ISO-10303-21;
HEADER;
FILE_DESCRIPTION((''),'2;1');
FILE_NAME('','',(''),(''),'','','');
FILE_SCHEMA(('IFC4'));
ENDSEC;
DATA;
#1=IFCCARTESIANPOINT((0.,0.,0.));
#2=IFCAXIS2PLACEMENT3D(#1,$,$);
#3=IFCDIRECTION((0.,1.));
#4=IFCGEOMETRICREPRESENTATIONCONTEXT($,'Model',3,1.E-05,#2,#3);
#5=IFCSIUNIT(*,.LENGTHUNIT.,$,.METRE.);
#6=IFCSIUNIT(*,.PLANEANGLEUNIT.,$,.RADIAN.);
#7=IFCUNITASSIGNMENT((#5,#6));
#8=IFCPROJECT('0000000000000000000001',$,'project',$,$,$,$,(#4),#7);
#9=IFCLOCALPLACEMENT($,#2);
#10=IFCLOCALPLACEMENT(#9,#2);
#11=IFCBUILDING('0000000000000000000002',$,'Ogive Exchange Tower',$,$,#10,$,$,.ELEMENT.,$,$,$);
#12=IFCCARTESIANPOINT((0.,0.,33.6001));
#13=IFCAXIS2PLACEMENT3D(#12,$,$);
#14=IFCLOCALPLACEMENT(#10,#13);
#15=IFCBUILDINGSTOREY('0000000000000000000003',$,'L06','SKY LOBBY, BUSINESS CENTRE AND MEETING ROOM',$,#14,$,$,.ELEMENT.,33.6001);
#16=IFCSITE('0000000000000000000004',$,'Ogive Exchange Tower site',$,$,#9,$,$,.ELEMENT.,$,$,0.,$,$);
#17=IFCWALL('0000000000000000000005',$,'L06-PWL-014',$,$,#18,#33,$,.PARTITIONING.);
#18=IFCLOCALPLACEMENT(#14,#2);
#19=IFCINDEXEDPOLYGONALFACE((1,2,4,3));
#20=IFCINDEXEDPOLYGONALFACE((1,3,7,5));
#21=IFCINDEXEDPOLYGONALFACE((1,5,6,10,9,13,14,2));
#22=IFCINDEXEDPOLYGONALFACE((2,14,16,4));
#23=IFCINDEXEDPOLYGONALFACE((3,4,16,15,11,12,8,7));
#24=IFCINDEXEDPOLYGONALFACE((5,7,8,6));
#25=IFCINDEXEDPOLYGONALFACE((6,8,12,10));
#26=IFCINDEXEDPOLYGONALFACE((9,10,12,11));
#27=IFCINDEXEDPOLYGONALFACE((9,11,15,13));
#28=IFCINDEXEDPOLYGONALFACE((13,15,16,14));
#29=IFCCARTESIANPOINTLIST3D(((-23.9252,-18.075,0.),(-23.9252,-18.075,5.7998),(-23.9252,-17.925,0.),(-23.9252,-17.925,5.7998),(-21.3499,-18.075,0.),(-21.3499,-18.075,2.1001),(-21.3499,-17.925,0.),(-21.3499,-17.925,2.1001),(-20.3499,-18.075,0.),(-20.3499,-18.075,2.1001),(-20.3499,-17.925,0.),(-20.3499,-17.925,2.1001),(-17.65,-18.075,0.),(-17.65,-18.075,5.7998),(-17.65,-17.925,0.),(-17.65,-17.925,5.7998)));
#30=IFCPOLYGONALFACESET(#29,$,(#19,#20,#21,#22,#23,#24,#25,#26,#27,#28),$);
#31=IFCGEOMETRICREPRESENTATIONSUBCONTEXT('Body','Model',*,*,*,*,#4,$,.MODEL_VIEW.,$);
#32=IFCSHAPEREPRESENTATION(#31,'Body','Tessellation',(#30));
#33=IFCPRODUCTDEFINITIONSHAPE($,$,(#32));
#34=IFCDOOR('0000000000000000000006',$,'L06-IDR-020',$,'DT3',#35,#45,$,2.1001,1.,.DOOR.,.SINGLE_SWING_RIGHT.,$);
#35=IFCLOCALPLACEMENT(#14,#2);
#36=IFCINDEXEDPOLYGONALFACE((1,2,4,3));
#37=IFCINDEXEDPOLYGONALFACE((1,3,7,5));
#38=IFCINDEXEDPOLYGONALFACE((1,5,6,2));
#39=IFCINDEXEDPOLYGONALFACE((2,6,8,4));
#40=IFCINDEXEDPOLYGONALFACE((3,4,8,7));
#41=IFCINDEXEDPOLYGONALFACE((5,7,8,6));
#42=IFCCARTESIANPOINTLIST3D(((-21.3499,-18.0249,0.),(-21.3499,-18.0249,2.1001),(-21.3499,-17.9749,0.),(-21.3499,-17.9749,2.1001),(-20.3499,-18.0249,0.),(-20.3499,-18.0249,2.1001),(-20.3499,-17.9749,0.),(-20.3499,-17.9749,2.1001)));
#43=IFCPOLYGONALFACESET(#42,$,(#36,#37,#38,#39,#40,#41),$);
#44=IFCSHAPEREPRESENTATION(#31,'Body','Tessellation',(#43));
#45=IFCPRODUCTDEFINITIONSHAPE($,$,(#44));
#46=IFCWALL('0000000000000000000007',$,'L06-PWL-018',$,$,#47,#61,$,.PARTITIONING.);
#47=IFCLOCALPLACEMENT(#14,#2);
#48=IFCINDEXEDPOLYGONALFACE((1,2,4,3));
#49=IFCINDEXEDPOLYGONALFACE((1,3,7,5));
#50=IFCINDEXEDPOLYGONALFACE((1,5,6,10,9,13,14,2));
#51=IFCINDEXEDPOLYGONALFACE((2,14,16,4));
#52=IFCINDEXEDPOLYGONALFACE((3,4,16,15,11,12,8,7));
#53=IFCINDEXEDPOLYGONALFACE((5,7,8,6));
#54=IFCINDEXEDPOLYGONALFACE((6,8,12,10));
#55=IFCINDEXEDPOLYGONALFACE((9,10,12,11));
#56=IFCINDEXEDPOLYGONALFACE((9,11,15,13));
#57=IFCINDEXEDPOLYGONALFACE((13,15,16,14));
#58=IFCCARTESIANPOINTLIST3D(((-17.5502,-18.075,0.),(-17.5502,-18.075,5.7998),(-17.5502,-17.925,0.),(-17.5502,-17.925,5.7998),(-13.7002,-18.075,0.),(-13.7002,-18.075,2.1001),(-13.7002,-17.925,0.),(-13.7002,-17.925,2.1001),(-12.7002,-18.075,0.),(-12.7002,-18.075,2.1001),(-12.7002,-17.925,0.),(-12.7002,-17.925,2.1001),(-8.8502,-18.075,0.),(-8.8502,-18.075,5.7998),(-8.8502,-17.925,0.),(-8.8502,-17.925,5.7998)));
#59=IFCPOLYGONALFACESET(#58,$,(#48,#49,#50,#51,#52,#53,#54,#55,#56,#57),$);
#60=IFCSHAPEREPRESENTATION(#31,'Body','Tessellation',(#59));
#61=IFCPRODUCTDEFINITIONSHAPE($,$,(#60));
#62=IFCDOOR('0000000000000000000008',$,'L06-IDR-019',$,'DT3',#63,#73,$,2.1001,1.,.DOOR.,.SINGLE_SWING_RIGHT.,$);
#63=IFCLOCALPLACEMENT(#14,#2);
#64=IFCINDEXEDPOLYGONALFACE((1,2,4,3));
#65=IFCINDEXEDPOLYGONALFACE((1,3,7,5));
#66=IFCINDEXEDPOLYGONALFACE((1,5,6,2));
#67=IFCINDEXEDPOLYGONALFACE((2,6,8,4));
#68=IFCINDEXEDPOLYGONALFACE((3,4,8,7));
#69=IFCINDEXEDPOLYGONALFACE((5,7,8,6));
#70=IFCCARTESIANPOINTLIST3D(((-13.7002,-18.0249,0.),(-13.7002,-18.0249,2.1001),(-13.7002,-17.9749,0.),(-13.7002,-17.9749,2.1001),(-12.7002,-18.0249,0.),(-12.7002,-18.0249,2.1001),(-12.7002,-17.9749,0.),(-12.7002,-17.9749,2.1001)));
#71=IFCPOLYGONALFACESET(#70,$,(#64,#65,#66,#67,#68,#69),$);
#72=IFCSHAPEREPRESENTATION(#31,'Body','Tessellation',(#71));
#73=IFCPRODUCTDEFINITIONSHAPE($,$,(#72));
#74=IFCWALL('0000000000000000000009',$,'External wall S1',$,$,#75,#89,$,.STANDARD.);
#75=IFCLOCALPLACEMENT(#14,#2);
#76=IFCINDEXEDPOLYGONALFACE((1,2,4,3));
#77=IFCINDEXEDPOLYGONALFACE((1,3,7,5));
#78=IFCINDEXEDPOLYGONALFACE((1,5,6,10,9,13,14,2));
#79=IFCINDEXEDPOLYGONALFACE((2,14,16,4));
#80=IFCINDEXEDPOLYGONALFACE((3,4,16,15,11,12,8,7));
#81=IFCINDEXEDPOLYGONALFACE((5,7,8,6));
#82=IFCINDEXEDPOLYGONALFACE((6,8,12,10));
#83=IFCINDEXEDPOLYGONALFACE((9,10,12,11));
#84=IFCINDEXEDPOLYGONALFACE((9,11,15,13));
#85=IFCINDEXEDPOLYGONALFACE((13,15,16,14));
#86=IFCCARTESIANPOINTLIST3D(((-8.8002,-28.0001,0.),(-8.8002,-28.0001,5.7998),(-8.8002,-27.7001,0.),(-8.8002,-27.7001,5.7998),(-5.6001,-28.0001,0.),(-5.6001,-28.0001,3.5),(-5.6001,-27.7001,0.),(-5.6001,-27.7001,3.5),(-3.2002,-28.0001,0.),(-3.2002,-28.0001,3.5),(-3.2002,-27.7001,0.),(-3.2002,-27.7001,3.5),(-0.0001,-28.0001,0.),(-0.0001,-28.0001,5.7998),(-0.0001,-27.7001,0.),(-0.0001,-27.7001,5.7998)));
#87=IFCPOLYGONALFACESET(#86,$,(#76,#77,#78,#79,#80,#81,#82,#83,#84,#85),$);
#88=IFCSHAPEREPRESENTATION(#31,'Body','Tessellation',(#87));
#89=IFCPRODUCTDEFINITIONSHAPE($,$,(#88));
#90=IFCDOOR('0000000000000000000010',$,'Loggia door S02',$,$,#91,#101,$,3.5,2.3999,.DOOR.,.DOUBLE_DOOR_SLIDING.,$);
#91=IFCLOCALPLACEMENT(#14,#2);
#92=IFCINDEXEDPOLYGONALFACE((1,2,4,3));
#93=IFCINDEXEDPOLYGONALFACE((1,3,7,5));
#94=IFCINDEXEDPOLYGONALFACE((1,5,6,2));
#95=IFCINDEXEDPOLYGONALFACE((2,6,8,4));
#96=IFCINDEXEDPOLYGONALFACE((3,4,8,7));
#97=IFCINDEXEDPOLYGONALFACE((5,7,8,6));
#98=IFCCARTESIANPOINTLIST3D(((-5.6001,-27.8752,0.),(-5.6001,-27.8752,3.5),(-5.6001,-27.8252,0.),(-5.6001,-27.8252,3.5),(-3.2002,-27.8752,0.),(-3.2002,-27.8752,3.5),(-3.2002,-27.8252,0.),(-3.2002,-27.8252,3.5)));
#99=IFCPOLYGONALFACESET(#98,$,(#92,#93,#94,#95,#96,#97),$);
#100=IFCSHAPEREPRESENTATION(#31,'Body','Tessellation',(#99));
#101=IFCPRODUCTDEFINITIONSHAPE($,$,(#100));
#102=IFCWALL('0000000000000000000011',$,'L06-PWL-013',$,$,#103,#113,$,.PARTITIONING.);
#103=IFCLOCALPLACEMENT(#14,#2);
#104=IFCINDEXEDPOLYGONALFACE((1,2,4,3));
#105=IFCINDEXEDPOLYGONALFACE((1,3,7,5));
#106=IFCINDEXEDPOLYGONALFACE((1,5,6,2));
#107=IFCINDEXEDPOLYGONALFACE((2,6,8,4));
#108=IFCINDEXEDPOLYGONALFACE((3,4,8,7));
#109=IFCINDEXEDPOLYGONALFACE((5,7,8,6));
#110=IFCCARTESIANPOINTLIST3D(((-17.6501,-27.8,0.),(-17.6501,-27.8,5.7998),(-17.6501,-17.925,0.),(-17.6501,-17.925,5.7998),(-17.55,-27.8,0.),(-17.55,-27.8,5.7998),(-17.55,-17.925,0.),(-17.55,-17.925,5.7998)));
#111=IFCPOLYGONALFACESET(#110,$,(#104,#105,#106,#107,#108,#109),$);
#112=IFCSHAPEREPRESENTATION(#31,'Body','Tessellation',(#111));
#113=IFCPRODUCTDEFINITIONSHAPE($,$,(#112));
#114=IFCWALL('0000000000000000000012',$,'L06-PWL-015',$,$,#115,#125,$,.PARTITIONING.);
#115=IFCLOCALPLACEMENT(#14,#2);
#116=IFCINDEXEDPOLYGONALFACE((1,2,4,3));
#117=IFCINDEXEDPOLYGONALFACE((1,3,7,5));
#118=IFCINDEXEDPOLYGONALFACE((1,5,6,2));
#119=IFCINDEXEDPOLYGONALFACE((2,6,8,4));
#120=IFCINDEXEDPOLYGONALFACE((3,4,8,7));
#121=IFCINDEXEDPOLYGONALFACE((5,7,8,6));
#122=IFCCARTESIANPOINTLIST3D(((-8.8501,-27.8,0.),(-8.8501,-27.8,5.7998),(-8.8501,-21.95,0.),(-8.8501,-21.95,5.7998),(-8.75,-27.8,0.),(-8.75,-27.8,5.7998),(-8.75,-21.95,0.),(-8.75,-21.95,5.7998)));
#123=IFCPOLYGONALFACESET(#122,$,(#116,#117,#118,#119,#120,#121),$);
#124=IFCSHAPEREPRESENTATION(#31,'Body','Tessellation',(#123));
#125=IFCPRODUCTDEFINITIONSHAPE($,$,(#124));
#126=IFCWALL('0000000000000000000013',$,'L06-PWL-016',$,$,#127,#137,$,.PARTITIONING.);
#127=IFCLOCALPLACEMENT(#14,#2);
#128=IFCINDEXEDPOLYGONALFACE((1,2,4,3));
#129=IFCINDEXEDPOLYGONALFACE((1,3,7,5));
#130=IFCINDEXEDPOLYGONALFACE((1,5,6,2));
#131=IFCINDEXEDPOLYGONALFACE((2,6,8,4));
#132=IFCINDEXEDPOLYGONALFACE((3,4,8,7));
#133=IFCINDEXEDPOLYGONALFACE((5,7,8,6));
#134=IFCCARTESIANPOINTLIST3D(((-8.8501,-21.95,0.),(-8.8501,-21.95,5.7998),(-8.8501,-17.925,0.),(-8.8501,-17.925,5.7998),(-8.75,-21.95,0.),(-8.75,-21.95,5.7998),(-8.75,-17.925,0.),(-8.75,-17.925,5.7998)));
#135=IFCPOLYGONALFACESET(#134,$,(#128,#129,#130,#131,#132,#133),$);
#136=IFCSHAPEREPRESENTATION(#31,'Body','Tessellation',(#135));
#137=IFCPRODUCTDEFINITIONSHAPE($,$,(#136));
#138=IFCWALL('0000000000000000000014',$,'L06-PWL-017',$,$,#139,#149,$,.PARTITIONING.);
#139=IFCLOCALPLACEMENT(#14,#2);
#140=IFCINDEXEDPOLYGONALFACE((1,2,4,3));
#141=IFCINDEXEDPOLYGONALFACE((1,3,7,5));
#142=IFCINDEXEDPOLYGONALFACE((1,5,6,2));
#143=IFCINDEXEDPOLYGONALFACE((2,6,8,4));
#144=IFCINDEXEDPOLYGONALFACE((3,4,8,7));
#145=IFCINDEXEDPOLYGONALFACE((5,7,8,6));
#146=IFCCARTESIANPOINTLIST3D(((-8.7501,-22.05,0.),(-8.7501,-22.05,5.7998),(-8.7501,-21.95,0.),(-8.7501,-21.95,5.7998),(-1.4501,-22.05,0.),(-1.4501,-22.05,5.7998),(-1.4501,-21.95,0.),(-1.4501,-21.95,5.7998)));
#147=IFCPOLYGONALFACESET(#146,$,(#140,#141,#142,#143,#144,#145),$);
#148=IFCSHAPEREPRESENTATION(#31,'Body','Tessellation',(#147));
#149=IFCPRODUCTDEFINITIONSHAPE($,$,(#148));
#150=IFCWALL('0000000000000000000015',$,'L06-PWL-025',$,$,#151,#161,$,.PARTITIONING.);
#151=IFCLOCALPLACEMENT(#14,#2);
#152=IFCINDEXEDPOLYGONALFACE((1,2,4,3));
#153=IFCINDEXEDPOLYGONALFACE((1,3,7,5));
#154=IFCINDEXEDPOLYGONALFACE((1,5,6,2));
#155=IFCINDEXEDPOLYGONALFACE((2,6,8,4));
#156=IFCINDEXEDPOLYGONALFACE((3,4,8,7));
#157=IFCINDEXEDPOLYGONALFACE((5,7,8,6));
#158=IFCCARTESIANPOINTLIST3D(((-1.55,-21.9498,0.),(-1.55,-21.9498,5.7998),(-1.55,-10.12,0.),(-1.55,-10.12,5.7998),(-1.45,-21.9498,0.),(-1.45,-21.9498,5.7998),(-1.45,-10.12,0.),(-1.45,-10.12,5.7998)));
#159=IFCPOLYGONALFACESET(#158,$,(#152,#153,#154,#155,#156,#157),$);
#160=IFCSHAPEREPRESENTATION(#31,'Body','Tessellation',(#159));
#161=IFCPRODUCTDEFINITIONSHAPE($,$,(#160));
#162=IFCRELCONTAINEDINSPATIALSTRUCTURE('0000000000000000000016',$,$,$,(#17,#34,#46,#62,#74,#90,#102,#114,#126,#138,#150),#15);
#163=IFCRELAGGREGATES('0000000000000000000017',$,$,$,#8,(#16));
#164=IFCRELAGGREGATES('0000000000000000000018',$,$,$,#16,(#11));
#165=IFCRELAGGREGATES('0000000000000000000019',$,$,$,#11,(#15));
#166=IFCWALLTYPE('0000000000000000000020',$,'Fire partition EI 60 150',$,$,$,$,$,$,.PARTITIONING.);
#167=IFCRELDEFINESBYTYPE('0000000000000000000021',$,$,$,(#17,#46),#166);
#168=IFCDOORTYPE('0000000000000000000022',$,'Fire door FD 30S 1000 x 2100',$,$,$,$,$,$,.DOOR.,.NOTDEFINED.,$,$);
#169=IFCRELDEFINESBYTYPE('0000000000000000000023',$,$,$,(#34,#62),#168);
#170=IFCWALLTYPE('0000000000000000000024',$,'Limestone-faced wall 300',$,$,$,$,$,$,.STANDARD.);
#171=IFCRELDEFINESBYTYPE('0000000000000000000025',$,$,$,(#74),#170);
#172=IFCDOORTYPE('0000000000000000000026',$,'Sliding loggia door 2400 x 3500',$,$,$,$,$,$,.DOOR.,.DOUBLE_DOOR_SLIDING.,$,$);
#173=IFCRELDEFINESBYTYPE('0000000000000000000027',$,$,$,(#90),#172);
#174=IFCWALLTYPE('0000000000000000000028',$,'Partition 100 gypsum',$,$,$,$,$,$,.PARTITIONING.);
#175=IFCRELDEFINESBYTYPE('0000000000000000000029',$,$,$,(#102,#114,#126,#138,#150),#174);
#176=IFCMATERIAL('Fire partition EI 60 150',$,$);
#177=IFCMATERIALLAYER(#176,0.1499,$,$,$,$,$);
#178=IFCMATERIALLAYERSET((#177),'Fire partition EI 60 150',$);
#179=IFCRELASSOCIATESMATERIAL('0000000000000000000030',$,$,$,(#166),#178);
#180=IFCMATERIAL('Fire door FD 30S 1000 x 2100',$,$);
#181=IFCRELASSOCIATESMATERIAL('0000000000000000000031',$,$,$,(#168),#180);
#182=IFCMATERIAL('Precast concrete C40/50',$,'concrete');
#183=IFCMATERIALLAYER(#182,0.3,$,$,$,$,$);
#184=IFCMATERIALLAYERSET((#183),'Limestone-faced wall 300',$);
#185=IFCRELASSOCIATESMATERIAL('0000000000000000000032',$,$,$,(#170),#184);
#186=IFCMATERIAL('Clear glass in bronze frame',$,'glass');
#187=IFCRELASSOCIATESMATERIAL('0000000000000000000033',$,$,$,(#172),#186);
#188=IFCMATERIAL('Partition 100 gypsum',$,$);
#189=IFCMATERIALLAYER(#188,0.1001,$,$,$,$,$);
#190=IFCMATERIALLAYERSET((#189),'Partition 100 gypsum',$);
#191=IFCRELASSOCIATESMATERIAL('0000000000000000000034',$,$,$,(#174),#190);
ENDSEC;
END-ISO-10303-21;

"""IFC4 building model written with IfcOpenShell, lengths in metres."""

from ifc_helpers import new_model, si_unit, direction, frame, frame_2d, origin, place, context, subcontext, project, spatial, rectangle, extrude, material, layer, layer_set, type_object, element, fill, save


model = new_model("IFC4")

# Units and contexts
model_context = context("Model", 3, precision=1e-05, world=origin(), true_north=direction((0.0, 1.0)))
body_context = subcontext(model_context, "Body", "Model", "MODEL_VIEW")
ifc_project = project(units=[si_unit("LENGTHUNIT", "METRE"), si_unit("PLANEANGLEUNIT", "RADIAN")], contexts=[model_context])

# Site, building, storey
site_placement = place(None, origin())
site = spatial("IfcSite", under=ifc_project, at=site_placement, Name="Ogive Exchange Tower site", CompositionType="ELEMENT", RefElevation=0.0)
building_placement = place(site_placement, origin())
building = spatial("IfcBuilding", under=site, at=building_placement, Name="Ogive Exchange Tower", CompositionType="ELEMENT")
storey_placement = place(building_placement, frame((0.0, 0.0, 33.6001)))
storey = spatial("IfcBuildingStorey", under=building, at=storey_placement, Name="L06", Description="SKY LOBBY, BUSINESS CENTRE AND MEETING ROOM", CompositionType="ELEMENT", Elevation=33.6001)

# Walls, openings, doors
ifc_material_1 = material(Name="Fire partition EI 60 150")
ifc_layer_1 = layer(ifc_material_1, 0.1499)
ifc_layer_set_1 = layer_set([ifc_layer_1], Name="Fire partition EI 60 150")
wall_type_1 = type_object("IfcWallType", Name="Fire partition EI 60 150", PredefinedType="PARTITIONING", material=ifc_layer_set_1)
wall_1_placement = place(storey_placement, frame((-17.6499, -18.0, 0.0), z_axis=(0.0, 0.0, 1.0), x_axis=(-1.0, 0.0, 0.0)))
wall_1 = element("IfcWall", 1, at=wall_1_placement, inside=storey, type_object=wall_type_1, Name="L06-PWL-014", PredefinedType="PARTITIONING", context=body_context, shape_type="SweptSolid", body=[
    extrude(rectangle(XDim=6.2751, YDim=0.1499, at=frame_2d((3.1377, 0.0))), origin(), (0.0, 0.0, 1.0), 5.7998),
])
opening_1_placement = place(wall_1_placement, frame((2.7, 0.0, 0.0)))
opening_1 = element("IfcOpeningElement", 2, at=opening_1_placement, cuts=wall_1, PredefinedType="OPENING", context=body_context, shape_type="SweptSolid", body=[
    extrude(rectangle(XDim=1.0, YDim=2.1001, at=frame_2d((0.5, 1.05))), frame((0.0, 0.085, 0.0), z_axis=(0.0, -1.0, 0.0), x_axis=(1.0, 0.0, 0.0)), (0.0, 0.0, 1.0), 0.1699),
])
ifc_material_2 = material(Name="Fire door FD 30S 1000 x 2100")
door_type_1 = type_object("IfcDoorType", Name="Fire door FD 30S 1000 x 2100", OperationType="NOTDEFINED", PredefinedType="DOOR", material=ifc_material_2)
door_1_placement = place(opening_1_placement, origin())
door_1 = element("IfcDoor", 3, at=door_1_placement, inside=storey, type_object=door_type_1, Name="L06-IDR-020", ObjectType="DT3", OperationType="SINGLE_SWING_RIGHT", OverallHeight=2.1001, OverallWidth=1.0, PredefinedType="DOOR", context=body_context, shape_type="SweptSolid", body=[
    extrude(rectangle(XDim=1.0, YDim=2.1001, at=frame_2d((0.5, 1.05))), frame((0.0, 0.0249, 0.0), z_axis=(0.0, -1.0, 0.0), x_axis=(1.0, 0.0, 0.0)), (0.0, 0.0, 1.0), 0.05),
])
fill(opening_1, door_1)
wall_2_placement = place(storey_placement, frame((-8.8501, -18.0, 0.0), z_axis=(0.0, 0.0, 1.0), x_axis=(-1.0, 0.0, 0.0)))
wall_2 = element("IfcWall", 4, at=wall_2_placement, inside=storey, type_object=wall_type_1, Name="L06-PWL-018", PredefinedType="PARTITIONING", context=body_context, shape_type="SweptSolid", body=[
    extrude(rectangle(XDim=8.7, YDim=0.1499, at=frame_2d((4.3501, 0.0))), origin(), (0.0, 0.0, 1.0), 5.7998),
])
opening_2_placement = place(wall_2_placement, frame((3.8501, 0.0, 0.0)))
opening_2 = element("IfcOpeningElement", 5, at=opening_2_placement, cuts=wall_2, PredefinedType="OPENING", context=body_context, shape_type="SweptSolid", body=[
    extrude(rectangle(XDim=1.0, YDim=2.1001, at=frame_2d((0.5, 1.05))), frame((0.0, 0.085, 0.0), z_axis=(0.0, -1.0, 0.0), x_axis=(1.0, 0.0, 0.0)), (0.0, 0.0, 1.0), 0.1699),
])
door_2_placement = place(opening_2_placement, origin())
door_2 = element("IfcDoor", 6, at=door_2_placement, inside=storey, type_object=door_type_1, Name="L06-IDR-019", ObjectType="DT3", OperationType="SINGLE_SWING_RIGHT", OverallHeight=2.1001, OverallWidth=1.0, PredefinedType="DOOR", context=body_context, shape_type="SweptSolid", body=[
    extrude(rectangle(XDim=1.0, YDim=2.1001, at=frame_2d((0.5, 1.05))), frame((0.0, 0.0249, 0.0), z_axis=(0.0, -1.0, 0.0), x_axis=(1.0, 0.0, 0.0)), (0.0, 0.0, 1.0), 0.05),
])
fill(opening_2, door_2)
ifc_material_3 = material(Name="Precast concrete C40/50", Category="concrete")
ifc_layer_2 = layer(ifc_material_3, 0.3)
ifc_layer_set_2 = layer_set([ifc_layer_2], Name="Limestone-faced wall 300")
wall_type_2 = type_object("IfcWallType", Name="Limestone-faced wall 300", PredefinedType="STANDARD", material=ifc_layer_set_2)
wall_3_placement = place(storey_placement, frame((-8.8, -27.8501, 0.0), z_axis=(0.0, 0.0, 1.0), x_axis=(1.0, 0.0, 0.0)))
wall_3 = element("IfcWall", 7, at=wall_3_placement, inside=storey, type_object=wall_type_2, Name="External wall S1", PredefinedType="STANDARD", context=body_context, shape_type="SweptSolid", body=[
    extrude(rectangle(XDim=8.8, YDim=0.3, at=frame_2d((4.3999, 0.0))), origin(), (0.0, 0.0, 1.0), 5.7998),
])
opening_3_placement = place(wall_3_placement, frame((3.2, 0.0, 0.0)))
opening_3 = element("IfcOpeningElement", 8, at=opening_3_placement, cuts=wall_3, PredefinedType="OPENING", context=body_context, shape_type="SweptSolid", body=[
    extrude(rectangle(XDim=2.3999, YDim=3.5, at=frame_2d((1.2, 1.75))), frame((0.0, 0.1599, 0.0), z_axis=(0.0, -1.0, 0.0), x_axis=(1.0, 0.0, 0.0)), (0.0, 0.0, 1.0), 0.3201),
])
ifc_material_4 = material(Name="Clear glass in bronze frame", Category="glass")
door_type_2 = type_object("IfcDoorType", Name="Sliding loggia door 2400 x 3500", OperationType="DOUBLE_DOOR_SLIDING", PredefinedType="DOOR", material=ifc_material_4)
door_3_placement = place(opening_3_placement, origin())
door_3 = element("IfcDoor", 9, at=door_3_placement, inside=storey, type_object=door_type_2, Name="Loggia door S02", OperationType="DOUBLE_DOOR_SLIDING", OverallHeight=3.5, OverallWidth=2.3999, PredefinedType="DOOR", context=body_context, shape_type="SweptSolid", body=[
    extrude(rectangle(XDim=2.3999, YDim=3.5, at=frame_2d((1.2, 1.75))), frame((0.0, 0.0249, 0.0), z_axis=(0.0, -1.0, 0.0), x_axis=(1.0, 0.0, 0.0)), (0.0, 0.0, 1.0), 0.05),
])
fill(opening_3, door_3)

# Walls
ifc_material_5 = material(Name="Partition 100 gypsum")
ifc_layer_3 = layer(ifc_material_5, 0.1001)
ifc_layer_set_3 = layer_set([ifc_layer_3], Name="Partition 100 gypsum")
wall_type_3 = type_object("IfcWallType", Name="Partition 100 gypsum", PredefinedType="PARTITIONING", material=ifc_layer_set_3)
wall_4_placement = place(storey_placement, frame((-17.6001, -27.8, 0.0), z_axis=(0.0, 0.0, 1.0), x_axis=(0.0, 1.0, 0.0)))
element("IfcWall", 10, at=wall_4_placement, inside=storey, type_object=wall_type_3, Name="L06-PWL-013", PredefinedType="PARTITIONING", context=body_context, shape_type="SweptSolid", body=[
    extrude(rectangle(XDim=9.875, YDim=0.1001, at=frame_2d((4.9375, 0.0))), origin(), (0.0, 0.0, 1.0), 5.7998),
])
wall_5_placement = place(storey_placement, frame((-8.8, -27.8, 0.0), z_axis=(0.0, 0.0, 1.0), x_axis=(0.0, 1.0, 0.0)))
element("IfcWall", 11, at=wall_5_placement, inside=storey, type_object=wall_type_3, Name="L06-PWL-015", PredefinedType="PARTITIONING", context=body_context, shape_type="SweptSolid", body=[
    extrude(rectangle(XDim=5.8501, YDim=0.1001, at=frame_2d((2.925, 0.0))), origin(), (0.0, 0.0, 1.0), 5.7998),
])
wall_6_placement = place(storey_placement, frame((-8.8, -21.95, 0.0), z_axis=(0.0, 0.0, 1.0), x_axis=(0.0, 1.0, 0.0)))
element("IfcWall", 12, at=wall_6_placement, inside=storey, type_object=wall_type_3, Name="L06-PWL-016", PredefinedType="PARTITIONING", context=body_context, shape_type="SweptSolid", body=[
    extrude(rectangle(XDim=4.0249, YDim=0.1001, at=frame_2d((2.0125, 0.0))), origin(), (0.0, 0.0, 1.0), 5.7998),
])
wall_7_placement = place(storey_placement, frame((-8.75, -22.0, 0.0), z_axis=(0.0, 0.0, 1.0), x_axis=(1.0, 0.0, 0.0)))
element("IfcWall", 13, at=wall_7_placement, inside=storey, type_object=wall_type_3, Name="L06-PWL-017", PredefinedType="PARTITIONING", context=body_context, shape_type="SweptSolid", body=[
    extrude(rectangle(XDim=7.3, YDim=0.1001, at=frame_2d((3.6499, 0.0))), origin(), (0.0, 0.0, 1.0), 5.7998),
])
wall_8_placement = place(storey_placement, frame((-1.5, -21.95, 0.0), z_axis=(0.0, 0.0, 1.0), x_axis=(0.0, 1.0, 0.0)))
element("IfcWall", 14, at=wall_8_placement, inside=storey, type_object=wall_type_3, Name="L06-PWL-025", PredefinedType="PARTITIONING", context=body_context, shape_type="SweptSolid", body=[
    extrude(rectangle(XDim=11.8298, YDim=0.1001, at=frame_2d((5.915, 0.0))), origin(), (0.0, 0.0, 1.0), 5.7998),
])

save(model, "model.ifc")
